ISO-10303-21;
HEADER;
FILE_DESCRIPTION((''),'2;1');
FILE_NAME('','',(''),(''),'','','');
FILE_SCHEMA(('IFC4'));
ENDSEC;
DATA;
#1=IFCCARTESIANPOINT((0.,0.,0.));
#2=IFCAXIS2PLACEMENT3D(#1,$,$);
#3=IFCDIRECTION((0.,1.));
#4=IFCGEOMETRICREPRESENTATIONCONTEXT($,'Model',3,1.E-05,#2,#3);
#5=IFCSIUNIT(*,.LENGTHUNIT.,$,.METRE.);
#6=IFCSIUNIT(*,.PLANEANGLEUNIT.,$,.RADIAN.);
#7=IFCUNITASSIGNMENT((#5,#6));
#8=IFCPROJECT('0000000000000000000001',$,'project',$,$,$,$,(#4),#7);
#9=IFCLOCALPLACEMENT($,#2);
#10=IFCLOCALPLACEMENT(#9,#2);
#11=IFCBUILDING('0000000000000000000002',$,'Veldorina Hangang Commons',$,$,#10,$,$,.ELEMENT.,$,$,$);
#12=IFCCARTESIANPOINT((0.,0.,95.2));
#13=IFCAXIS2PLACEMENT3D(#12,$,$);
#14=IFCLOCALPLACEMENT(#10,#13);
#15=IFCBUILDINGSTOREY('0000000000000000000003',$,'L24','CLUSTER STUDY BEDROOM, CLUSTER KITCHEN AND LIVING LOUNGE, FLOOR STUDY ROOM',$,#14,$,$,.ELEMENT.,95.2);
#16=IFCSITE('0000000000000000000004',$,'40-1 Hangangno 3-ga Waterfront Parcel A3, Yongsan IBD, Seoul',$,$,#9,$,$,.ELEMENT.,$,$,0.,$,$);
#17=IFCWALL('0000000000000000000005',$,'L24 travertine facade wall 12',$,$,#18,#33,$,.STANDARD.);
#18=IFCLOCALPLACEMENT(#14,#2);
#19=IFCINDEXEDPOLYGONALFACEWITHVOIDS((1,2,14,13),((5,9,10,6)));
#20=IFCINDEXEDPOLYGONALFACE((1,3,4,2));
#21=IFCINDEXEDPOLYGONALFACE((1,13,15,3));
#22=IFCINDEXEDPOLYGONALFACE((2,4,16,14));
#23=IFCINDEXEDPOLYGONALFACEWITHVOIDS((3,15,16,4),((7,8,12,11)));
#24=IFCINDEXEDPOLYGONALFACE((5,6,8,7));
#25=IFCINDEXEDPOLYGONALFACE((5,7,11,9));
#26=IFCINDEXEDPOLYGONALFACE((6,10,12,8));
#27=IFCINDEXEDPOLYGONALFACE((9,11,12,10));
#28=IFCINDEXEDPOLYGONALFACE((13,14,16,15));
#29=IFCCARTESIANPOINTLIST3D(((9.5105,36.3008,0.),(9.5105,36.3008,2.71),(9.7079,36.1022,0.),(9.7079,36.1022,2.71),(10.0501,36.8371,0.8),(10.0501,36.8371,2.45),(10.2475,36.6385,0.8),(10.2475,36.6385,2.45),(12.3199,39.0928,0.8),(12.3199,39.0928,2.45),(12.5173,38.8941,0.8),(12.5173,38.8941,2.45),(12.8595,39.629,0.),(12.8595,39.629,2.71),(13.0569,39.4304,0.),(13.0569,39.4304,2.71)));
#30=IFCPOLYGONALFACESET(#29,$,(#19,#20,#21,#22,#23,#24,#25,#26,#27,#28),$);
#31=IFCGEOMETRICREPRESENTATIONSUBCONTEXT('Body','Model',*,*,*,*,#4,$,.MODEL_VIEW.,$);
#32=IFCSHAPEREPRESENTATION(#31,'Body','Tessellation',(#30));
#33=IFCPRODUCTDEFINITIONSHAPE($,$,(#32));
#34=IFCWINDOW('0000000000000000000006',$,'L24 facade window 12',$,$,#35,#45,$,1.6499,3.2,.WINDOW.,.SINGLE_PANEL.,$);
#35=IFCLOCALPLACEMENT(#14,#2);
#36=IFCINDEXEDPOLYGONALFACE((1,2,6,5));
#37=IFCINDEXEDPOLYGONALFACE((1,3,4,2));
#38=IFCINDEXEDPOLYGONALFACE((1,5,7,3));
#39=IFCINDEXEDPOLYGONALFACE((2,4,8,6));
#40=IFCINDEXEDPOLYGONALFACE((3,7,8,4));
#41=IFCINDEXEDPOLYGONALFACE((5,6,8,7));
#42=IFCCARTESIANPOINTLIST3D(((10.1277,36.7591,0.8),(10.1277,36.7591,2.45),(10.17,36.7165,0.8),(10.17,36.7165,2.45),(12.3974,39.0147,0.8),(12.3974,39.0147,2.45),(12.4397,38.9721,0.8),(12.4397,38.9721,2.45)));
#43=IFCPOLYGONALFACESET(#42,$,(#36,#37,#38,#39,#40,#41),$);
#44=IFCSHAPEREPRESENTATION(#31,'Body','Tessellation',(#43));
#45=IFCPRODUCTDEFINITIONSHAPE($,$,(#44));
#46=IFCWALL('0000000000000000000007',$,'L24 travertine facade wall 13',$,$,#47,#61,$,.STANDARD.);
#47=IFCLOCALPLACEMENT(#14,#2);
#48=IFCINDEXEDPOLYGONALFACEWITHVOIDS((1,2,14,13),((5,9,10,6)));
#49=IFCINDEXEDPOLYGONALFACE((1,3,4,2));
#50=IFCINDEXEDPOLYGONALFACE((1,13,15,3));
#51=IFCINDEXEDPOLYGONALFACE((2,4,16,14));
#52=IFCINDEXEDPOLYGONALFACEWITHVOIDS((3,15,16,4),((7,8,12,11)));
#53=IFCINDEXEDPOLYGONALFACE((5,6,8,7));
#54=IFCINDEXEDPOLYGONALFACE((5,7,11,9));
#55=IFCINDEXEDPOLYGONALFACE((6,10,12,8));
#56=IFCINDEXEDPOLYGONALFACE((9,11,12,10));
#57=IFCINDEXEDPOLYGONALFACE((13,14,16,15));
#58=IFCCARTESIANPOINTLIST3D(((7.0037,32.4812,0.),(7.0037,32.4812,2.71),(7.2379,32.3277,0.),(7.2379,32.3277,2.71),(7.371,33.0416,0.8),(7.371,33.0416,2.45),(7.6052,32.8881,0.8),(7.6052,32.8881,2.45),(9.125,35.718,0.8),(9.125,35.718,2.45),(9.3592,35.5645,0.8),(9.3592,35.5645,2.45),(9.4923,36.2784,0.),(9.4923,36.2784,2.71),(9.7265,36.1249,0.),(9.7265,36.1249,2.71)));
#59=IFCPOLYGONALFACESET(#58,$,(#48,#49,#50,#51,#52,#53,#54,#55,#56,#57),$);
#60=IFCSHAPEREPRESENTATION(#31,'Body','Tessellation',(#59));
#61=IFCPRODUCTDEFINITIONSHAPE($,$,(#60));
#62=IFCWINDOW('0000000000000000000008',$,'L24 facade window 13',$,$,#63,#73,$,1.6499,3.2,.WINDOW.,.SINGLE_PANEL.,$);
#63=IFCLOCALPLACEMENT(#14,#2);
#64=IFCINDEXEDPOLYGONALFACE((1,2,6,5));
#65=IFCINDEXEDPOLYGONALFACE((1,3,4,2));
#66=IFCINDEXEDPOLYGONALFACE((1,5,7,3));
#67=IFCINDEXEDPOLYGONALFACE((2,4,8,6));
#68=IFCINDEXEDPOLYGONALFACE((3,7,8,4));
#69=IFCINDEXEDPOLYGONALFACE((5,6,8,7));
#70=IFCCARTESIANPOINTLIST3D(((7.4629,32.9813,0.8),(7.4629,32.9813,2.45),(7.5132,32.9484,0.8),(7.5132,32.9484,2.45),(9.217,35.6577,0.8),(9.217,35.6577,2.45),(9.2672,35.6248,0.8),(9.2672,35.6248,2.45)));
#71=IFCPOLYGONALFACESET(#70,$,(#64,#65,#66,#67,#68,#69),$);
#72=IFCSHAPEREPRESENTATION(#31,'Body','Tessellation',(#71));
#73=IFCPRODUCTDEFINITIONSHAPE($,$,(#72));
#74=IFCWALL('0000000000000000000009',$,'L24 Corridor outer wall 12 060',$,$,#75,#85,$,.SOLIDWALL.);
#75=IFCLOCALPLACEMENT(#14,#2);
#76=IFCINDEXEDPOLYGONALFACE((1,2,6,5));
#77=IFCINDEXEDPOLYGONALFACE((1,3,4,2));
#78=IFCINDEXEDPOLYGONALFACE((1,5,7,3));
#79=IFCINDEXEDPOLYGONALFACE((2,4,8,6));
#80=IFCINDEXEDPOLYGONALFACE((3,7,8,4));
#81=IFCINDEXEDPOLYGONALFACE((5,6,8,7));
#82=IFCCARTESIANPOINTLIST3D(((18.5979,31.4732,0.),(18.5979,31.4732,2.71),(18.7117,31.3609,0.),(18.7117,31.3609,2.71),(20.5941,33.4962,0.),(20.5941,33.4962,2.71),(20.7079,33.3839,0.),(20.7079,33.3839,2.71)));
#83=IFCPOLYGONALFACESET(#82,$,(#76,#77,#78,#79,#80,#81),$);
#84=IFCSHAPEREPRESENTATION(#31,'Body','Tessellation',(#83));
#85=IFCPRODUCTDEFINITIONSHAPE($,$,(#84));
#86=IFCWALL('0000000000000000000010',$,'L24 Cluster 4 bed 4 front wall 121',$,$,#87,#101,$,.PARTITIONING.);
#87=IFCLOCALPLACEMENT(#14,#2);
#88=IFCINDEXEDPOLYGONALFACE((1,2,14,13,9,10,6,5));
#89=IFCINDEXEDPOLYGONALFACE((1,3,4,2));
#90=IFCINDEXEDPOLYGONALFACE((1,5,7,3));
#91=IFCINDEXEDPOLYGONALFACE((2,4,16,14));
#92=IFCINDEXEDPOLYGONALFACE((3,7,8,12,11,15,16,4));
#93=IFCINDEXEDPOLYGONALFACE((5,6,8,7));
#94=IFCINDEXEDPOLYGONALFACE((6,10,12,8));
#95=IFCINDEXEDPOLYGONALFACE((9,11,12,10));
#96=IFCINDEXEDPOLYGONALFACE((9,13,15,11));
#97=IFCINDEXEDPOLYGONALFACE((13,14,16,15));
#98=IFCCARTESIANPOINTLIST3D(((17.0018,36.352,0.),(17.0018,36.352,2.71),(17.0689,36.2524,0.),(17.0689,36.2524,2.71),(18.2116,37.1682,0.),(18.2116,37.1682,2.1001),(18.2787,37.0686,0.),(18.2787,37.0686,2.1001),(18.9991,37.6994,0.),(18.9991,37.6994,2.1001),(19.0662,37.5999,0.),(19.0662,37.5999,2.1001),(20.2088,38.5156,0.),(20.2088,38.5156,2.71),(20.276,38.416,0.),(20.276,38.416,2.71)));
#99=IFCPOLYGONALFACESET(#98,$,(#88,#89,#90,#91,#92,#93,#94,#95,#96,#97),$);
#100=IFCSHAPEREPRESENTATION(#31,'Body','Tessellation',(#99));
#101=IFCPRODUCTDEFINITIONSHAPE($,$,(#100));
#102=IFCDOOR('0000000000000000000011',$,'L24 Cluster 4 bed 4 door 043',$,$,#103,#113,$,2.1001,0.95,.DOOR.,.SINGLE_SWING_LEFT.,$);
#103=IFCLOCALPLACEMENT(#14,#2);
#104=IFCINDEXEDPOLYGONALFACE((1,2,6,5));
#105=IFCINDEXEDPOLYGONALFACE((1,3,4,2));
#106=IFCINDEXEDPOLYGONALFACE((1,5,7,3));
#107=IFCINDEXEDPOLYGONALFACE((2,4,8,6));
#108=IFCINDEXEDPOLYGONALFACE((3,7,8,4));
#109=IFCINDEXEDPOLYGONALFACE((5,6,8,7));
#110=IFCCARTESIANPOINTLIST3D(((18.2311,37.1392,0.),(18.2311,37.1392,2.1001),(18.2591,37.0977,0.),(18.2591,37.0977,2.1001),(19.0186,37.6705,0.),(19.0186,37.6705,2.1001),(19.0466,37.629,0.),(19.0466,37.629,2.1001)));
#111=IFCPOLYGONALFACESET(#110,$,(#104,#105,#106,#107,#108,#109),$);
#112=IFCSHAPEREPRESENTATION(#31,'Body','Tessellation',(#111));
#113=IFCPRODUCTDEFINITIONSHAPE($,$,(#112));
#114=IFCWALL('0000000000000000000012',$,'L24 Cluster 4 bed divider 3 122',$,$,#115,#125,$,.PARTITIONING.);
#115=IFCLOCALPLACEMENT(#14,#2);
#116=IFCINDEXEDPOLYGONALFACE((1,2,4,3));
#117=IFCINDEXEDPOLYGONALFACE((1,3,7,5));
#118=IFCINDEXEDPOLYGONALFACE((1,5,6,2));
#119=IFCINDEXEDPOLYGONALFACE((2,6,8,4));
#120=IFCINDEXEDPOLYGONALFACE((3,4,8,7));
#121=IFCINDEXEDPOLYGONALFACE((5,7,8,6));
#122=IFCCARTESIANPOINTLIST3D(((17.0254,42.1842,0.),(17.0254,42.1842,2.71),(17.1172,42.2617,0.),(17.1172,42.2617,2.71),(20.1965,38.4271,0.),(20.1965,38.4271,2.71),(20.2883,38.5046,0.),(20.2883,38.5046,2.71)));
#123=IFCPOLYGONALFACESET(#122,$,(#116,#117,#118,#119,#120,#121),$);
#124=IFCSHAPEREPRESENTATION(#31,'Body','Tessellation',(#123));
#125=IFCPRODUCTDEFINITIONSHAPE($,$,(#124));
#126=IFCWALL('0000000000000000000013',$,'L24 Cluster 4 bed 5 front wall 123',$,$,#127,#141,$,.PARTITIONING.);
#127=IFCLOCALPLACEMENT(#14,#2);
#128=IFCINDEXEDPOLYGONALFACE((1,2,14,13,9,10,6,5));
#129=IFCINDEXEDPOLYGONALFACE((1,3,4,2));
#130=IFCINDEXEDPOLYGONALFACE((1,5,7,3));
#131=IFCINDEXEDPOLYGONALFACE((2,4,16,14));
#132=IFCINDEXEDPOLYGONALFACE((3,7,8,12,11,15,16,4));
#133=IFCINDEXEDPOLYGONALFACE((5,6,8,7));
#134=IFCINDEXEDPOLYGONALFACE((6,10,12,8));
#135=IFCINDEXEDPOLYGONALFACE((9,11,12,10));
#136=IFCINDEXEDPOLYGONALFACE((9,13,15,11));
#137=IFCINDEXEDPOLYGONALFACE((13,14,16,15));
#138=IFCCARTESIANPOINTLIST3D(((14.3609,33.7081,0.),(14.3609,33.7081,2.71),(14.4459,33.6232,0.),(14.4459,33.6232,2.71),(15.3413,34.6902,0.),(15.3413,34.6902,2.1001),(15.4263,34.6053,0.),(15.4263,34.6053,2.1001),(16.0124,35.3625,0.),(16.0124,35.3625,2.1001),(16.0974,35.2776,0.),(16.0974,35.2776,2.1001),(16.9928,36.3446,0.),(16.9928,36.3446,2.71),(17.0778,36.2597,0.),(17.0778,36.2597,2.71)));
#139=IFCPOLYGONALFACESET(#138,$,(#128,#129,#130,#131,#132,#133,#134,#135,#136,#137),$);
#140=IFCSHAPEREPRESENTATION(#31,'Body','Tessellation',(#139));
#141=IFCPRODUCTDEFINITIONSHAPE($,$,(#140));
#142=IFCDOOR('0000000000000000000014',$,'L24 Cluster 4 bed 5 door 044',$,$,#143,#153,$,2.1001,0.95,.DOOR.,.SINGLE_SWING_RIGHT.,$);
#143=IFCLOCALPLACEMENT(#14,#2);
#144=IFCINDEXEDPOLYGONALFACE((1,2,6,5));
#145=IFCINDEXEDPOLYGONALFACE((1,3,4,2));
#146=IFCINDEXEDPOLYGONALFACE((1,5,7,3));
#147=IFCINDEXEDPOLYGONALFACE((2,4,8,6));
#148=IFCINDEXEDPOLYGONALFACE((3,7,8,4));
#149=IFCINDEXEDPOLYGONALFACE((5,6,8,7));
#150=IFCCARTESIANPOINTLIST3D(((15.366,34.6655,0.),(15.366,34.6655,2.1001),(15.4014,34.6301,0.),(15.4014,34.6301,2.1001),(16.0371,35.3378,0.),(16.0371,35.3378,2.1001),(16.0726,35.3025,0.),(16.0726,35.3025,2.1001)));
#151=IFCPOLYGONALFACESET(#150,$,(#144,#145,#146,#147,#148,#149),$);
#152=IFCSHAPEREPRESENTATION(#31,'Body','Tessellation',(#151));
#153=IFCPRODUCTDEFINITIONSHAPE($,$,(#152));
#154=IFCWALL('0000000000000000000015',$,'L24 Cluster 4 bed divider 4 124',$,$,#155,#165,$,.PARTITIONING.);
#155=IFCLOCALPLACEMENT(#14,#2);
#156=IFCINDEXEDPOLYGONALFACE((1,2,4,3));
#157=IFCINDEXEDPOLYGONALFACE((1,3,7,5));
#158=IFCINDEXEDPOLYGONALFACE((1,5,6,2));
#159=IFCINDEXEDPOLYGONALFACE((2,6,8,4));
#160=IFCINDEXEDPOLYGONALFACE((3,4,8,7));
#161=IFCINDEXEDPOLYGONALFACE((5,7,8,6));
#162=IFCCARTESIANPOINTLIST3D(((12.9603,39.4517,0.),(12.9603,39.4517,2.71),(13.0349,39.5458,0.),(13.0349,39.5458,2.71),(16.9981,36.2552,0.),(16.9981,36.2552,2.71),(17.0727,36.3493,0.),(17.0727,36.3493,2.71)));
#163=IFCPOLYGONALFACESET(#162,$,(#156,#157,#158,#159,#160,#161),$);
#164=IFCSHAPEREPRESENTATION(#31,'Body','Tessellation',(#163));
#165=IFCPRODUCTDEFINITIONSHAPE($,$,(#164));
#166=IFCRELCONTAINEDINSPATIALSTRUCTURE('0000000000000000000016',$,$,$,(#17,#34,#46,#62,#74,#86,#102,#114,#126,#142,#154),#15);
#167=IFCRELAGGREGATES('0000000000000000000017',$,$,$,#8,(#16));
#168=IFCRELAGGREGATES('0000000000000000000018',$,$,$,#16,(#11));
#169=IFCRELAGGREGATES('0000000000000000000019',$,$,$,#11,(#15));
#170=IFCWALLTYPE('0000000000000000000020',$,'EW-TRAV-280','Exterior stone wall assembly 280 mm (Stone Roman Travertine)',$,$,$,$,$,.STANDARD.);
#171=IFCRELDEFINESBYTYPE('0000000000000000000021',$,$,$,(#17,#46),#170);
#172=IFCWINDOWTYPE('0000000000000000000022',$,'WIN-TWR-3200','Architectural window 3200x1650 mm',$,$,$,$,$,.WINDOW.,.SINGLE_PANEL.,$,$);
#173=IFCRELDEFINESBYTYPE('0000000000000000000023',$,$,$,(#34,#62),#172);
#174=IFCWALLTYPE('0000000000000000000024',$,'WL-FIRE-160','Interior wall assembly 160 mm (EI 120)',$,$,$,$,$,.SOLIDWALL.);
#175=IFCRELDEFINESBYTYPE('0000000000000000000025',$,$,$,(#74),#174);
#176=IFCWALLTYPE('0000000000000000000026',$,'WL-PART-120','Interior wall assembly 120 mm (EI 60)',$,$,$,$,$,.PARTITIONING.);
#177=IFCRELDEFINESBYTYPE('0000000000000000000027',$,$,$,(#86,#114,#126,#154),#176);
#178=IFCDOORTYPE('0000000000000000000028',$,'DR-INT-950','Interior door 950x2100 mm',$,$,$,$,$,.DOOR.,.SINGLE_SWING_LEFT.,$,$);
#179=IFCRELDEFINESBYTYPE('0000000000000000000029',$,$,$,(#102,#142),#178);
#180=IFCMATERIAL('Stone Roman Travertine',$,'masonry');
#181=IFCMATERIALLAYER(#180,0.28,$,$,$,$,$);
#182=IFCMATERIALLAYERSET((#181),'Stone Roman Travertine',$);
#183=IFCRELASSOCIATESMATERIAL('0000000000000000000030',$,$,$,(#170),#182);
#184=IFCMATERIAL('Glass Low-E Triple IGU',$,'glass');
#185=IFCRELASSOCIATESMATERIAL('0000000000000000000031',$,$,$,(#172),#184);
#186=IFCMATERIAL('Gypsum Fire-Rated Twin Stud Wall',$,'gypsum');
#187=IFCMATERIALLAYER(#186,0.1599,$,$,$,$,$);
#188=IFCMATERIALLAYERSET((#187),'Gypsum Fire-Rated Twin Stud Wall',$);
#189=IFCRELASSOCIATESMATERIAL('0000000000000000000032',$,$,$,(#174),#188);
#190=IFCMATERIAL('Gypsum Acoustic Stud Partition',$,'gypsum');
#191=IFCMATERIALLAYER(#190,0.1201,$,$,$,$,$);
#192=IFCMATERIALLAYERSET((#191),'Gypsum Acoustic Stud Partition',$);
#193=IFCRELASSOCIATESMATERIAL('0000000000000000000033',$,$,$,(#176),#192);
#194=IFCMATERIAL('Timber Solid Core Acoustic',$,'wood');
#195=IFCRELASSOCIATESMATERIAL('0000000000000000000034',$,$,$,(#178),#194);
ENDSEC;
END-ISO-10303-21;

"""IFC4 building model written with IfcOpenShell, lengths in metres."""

from ifc_helpers import new_model, si_unit, direction, frame, frame_2d, origin, place, context, subcontext, project, spatial, rectangle, extrude, material, layer, layer_set, type_object, element, fill, save


model = new_model("IFC4")

# Units and contexts
model_context = context("Model", 3, precision=1e-05, world=origin(), true_north=direction((0.0, 1.0)))
body_context = subcontext(model_context, "Body", "Model", "MODEL_VIEW")
ifc_project = project(units=[si_unit("LENGTHUNIT", "METRE"), si_unit("PLANEANGLEUNIT", "RADIAN")], contexts=[model_context])

# Site, building, storey
site_placement = place(None, origin())
site = spatial("IfcSite", under=ifc_project, at=site_placement, Name="40-1 Hangangno 3-ga Waterfront Parcel A3, Yongsan IBD, Seoul", CompositionType="ELEMENT", RefElevation=0.0)
building_placement = place(site_placement, origin())
building = spatial("IfcBuilding", under=site, at=building_placement, Name="Veldorina Hangang Commons", CompositionType="ELEMENT")
storey_placement = place(building_placement, frame((0.0, 0.0, 95.2)))
storey = spatial("IfcBuildingStorey", under=building, at=storey_placement, Name="L24", Description="CLUSTER STUDY BEDROOM, CLUSTER KITCHEN AND LIVING LOUNGE, FLOOR STUDY ROOM", CompositionType="ELEMENT", Elevation=95.2)

# Walls, openings, windows
ifc_material_1 = material(Name="Stone Roman Travertine", Category="masonry")
ifc_layer_1 = layer(ifc_material_1, 0.28)
ifc_layer_set_1 = layer_set([ifc_layer_1], Name="Stone Roman Travertine")
wall_type_1 = type_object("IfcWallType", Name="EW-TRAV-280", Description="Exterior stone wall assembly 280 mm (Stone Roman Travertine)", PredefinedType="STANDARD", material=ifc_layer_set_1)
ifc_material_2 = material(Name="Glass Low-E Triple IGU", Category="glass")
window_type = type_object("IfcWindowType", Name="WIN-TWR-3200", Description="Architectural window 3200x1650 mm", PartitioningType="SINGLE_PANEL", PredefinedType="WINDOW", material=ifc_material_2)
wall_1_placement = place(storey_placement, frame((12.9583, 39.5298, 0.0), z_axis=(0.0, 0.0, 1.0), x_axis=(-0.709301, -0.704906, 0.0)))
wall_1 = element("IfcWall", 1, at=wall_1_placement, inside=storey, type_object=wall_type_1, Name="L24 travertine facade wall 12", PredefinedType="STANDARD", context=body_context, shape_type="SweptSolid", body=[
    extrude(rectangle(XDim=4.7214, YDim=0.28, at=frame_2d((2.3608, 0.0))), origin(), (0.0, 0.0, 1.0), 2.71),
])
opening_1_placement = place(wall_1_placement, frame((0.7607, 0.0, 0.8)))
opening_1 = element("IfcOpeningElement", 2, at=opening_1_placement, cuts=wall_1, PredefinedType="OPENING", context=body_context, shape_type="SweptSolid", body=[
    extrude(rectangle(XDim=3.2, YDim=1.6499, at=frame_2d((1.6001, 0.825))), frame((0.0, 0.1499, 0.0), z_axis=(0.0, -1.0, 0.0), x_axis=(1.0, 0.0, 0.0)), (0.0, 0.0, 1.0), 0.3),
])
window_1_placement = place(opening_1_placement, origin())
window_1 = element("IfcWindow", 3, at=window_1_placement, inside=storey, type_object=window_type, Name="L24 facade window 12", OverallHeight=1.6499, OverallWidth=3.2, PartitioningType="SINGLE_PANEL", PredefinedType="WINDOW", context=body_context, shape_type="SweptSolid", body=[
    extrude(rectangle(XDim=3.2, YDim=1.6499, at=frame_2d((1.6001, 0.825))), frame((0.0, 0.03, 0.0), z_axis=(0.0, -1.0, 0.0), x_axis=(1.0, 0.0, 0.0)), (0.0, 0.0, 1.0), 0.0601),
])
fill(opening_1, window_1)
wall_2_placement = place(storey_placement, frame((9.6094, 36.2017, 0.0), z_axis=(0.0, 0.0, 1.0), x_axis=(-0.548143, -0.836385, 0.0)))
wall_2 = element("IfcWall", 4, at=wall_2_placement, inside=storey, type_object=wall_type_1, Name="L24 travertine facade wall 13", PredefinedType="STANDARD", context=body_context, shape_type="SweptSolid", body=[
    extrude(rectangle(XDim=4.54, YDim=0.28, at=frame_2d((2.27, 0.0))), origin(), (0.0, 0.0, 1.0), 2.71),
])
opening_2_placement = place(wall_2_placement, frame((0.6699, 0.0, 0.8)))
opening_2 = element("IfcOpeningElement", 5, at=opening_2_placement, cuts=wall_2, PredefinedType="OPENING", context=body_context, shape_type="SweptSolid", body=[
    extrude(rectangle(XDim=3.2, YDim=1.6499, at=frame_2d((1.6001, 0.825))), frame((0.0, 0.1499, 0.0), z_axis=(0.0, -1.0, 0.0), x_axis=(1.0, 0.0, 0.0)), (0.0, 0.0, 1.0), 0.3),
])
window_2_placement = place(opening_2_placement, origin())
window_2 = element("IfcWindow", 6, at=window_2_placement, inside=storey, type_object=window_type, Name="L24 facade window 13", OverallHeight=1.6499, OverallWidth=3.2, PartitioningType="SINGLE_PANEL", PredefinedType="WINDOW", context=body_context, shape_type="SweptSolid", body=[
    extrude(rectangle(XDim=3.2, YDim=1.6499, at=frame_2d((1.6001, 0.825))), frame((0.0, 0.03, 0.0), z_axis=(0.0, -1.0, 0.0), x_axis=(1.0, 0.0, 0.0)), (0.0, 0.0, 1.0), 0.0601),
])
fill(opening_2, window_2)

# Wall
ifc_material_3 = material(Name="Gypsum Fire-Rated Twin Stud Wall", Category="gypsum")
ifc_layer_2 = layer(ifc_material_3, 0.1599)
ifc_layer_set_2 = layer_set([ifc_layer_2], Name="Gypsum Fire-Rated Twin Stud Wall")
wall_type_2 = type_object("IfcWallType", Name="WL-FIRE-160", Description="Interior wall assembly 160 mm (EI 120)", PredefinedType="SOLIDWALL", material=ifc_layer_set_2)
wall_3_placement = place(storey_placement, frame((20.6509, 33.4399, 0.0), z_axis=(0.0, 0.0, 1.0), x_axis=(-0.702366, -0.711816, 0.0)))
element("IfcWall", 7, at=wall_3_placement, inside=storey, type_object=wall_type_2, Name="L24 Corridor outer wall 12 060", PredefinedType="SOLIDWALL", context=body_context, shape_type="SweptSolid", body=[
    extrude(rectangle(XDim=2.842, YDim=0.1599, at=frame_2d((1.4209, 0.0))), origin(), (0.0, 0.0, 1.0), 2.71),
])

# Wall, opening, door
ifc_material_4 = material(Name="Gypsum Acoustic Stud Partition", Category="gypsum")
ifc_layer_3 = layer(ifc_material_4, 0.1201)
ifc_layer_set_3 = layer_set([ifc_layer_3], Name="Gypsum Acoustic Stud Partition")
wall_type_3 = type_object("IfcWallType", Name="WL-PART-120", Description="Interior wall assembly 120 mm (EI 60)", PredefinedType="PARTITIONING", material=ifc_layer_set_3)
wall_4_placement = place(storey_placement, frame((20.2424, 38.4658, 0.0), z_axis=(0.0, 0.0, 1.0), x_axis=(-0.828989, -0.559265, 0.0)))
wall_4 = element("IfcWall", 8, at=wall_4_placement, inside=storey, type_object=wall_type_3, Name="L24 Cluster 4 bed 4 front wall 121", PredefinedType="PARTITIONING", context=body_context, shape_type="SweptSolid", body=[
    extrude(rectangle(XDim=3.8687, YDim=0.1201, at=frame_2d((1.9343, 0.0))), origin(), (0.0, 0.0, 1.0), 2.71),
])
opening_3_placement = place(wall_4_placement, frame((1.4592, 0.0, 0.0)))
opening_3 = element("IfcOpeningElement", 9, at=opening_3_placement, cuts=wall_4, PredefinedType="OPENING", context=body_context, shape_type="SweptSolid", body=[
    extrude(rectangle(XDim=0.95, YDim=2.1001, at=frame_2d((0.4751, 1.05))), frame((0.0, 0.0701, 0.0), z_axis=(0.0, -1.0, 0.0), x_axis=(1.0, 0.0, 0.0)), (0.0, 0.0, 1.0), 0.1401),
])
ifc_material_5 = material(Name="Timber Solid Core Acoustic", Category="wood")
door_type = type_object("IfcDoorType", Name="DR-INT-950", Description="Interior door 950x2100 mm", OperationType="SINGLE_SWING_LEFT", PredefinedType="DOOR", material=ifc_material_5)
door_1_placement = place(opening_3_placement, origin())
door_1 = element("IfcDoor", 10, at=door_1_placement, inside=storey, type_object=door_type, Name="L24 Cluster 4 bed 4 door 043", OperationType="SINGLE_SWING_LEFT", OverallHeight=2.1001, OverallWidth=0.95, PredefinedType="DOOR", context=body_context, shape_type="SweptSolid", body=[
    extrude(rectangle(XDim=0.95, YDim=2.1001, at=frame_2d((0.4751, 1.05))), frame((0.0, 0.0249, 0.0), z_axis=(0.0, -1.0, 0.0), x_axis=(1.0, 0.0, 0.0)), (0.0, 0.0, 1.0), 0.05),
])
fill(opening_3, door_1)

# Wall
wall_5_placement = place(storey_placement, frame((20.2424, 38.4658, 0.0), z_axis=(0.0, 0.0, 1.0), x_axis=(-0.645002, 0.764181, 0.0)))
element("IfcWall", 11, at=wall_5_placement, inside=storey, type_object=wall_type_3, Name="L24 Cluster 4 bed divider 3 122", PredefinedType="PARTITIONING", context=body_context, shape_type="SweptSolid", body=[
    extrude(rectangle(XDim=4.9165, YDim=0.1201, at=frame_2d((2.4583, 0.0))), origin(), (0.0, 0.0, 1.0), 2.71),
])

# Wall, opening, door
wall_6_placement = place(storey_placement, frame((17.0354, 36.3022, 0.0), z_axis=(0.0, 0.0, 1.0), x_axis=(-0.706484, -0.707729, 0.0)))
wall_6 = element("IfcWall", 12, at=wall_6_placement, inside=storey, type_object=wall_type_3, Name="L24 Cluster 4 bed 5 front wall 123", PredefinedType="PARTITIONING", context=body_context, shape_type="SweptSolid", body=[
    extrude(rectangle(XDim=3.7253, YDim=0.1201, at=frame_2d((1.8628, 0.0))), origin(), (0.0, 0.0, 1.0), 2.71),
])
opening_4_placement = place(wall_6_placement, frame((1.3877, 0.0, 0.0)))
opening_4 = element("IfcOpeningElement", 13, at=opening_4_placement, cuts=wall_6, PredefinedType="OPENING", context=body_context, shape_type="SweptSolid", body=[
    extrude(rectangle(XDim=0.95, YDim=2.1001, at=frame_2d((0.4751, 1.05))), frame((0.0, 0.0701, 0.0), z_axis=(0.0, -1.0, 0.0), x_axis=(1.0, 0.0, 0.0)), (0.0, 0.0, 1.0), 0.1401),
])
door_2_placement = place(opening_4_placement, origin())
door_2 = element("IfcDoor", 14, at=door_2_placement, inside=storey, type_object=door_type, Name="L24 Cluster 4 bed 5 door 044", OperationType="SINGLE_SWING_RIGHT", OverallHeight=2.1001, OverallWidth=0.95, PredefinedType="DOOR", context=body_context, shape_type="SweptSolid", body=[
    extrude(rectangle(XDim=0.95, YDim=2.1001, at=frame_2d((0.4751, 1.05))), frame((0.0, 0.0249, 0.0), z_axis=(0.0, -1.0, 0.0), x_axis=(1.0, 0.0, 0.0)), (0.0, 0.0, 1.0), 0.05),
])
fill(opening_4, door_2)

# Wall
wall_7_placement = place(storey_placement, frame((17.0354, 36.3022, 0.0), z_axis=(0.0, 0.0, 1.0), x_axis=(-0.784054, 0.620692, 0.0)))
element("IfcWall", 15, at=wall_7_placement, inside=storey, type_object=wall_type_3, Name="L24 Cluster 4 bed divider 4 124", PredefinedType="PARTITIONING", context=body_context, shape_type="SweptSolid", body=[
    extrude(rectangle(XDim=5.1499, YDim=0.1201, at=frame_2d((2.575, 0.0))), origin(), (0.0, 0.0, 1.0), 2.71),
])

save(model, "model.ifc")
